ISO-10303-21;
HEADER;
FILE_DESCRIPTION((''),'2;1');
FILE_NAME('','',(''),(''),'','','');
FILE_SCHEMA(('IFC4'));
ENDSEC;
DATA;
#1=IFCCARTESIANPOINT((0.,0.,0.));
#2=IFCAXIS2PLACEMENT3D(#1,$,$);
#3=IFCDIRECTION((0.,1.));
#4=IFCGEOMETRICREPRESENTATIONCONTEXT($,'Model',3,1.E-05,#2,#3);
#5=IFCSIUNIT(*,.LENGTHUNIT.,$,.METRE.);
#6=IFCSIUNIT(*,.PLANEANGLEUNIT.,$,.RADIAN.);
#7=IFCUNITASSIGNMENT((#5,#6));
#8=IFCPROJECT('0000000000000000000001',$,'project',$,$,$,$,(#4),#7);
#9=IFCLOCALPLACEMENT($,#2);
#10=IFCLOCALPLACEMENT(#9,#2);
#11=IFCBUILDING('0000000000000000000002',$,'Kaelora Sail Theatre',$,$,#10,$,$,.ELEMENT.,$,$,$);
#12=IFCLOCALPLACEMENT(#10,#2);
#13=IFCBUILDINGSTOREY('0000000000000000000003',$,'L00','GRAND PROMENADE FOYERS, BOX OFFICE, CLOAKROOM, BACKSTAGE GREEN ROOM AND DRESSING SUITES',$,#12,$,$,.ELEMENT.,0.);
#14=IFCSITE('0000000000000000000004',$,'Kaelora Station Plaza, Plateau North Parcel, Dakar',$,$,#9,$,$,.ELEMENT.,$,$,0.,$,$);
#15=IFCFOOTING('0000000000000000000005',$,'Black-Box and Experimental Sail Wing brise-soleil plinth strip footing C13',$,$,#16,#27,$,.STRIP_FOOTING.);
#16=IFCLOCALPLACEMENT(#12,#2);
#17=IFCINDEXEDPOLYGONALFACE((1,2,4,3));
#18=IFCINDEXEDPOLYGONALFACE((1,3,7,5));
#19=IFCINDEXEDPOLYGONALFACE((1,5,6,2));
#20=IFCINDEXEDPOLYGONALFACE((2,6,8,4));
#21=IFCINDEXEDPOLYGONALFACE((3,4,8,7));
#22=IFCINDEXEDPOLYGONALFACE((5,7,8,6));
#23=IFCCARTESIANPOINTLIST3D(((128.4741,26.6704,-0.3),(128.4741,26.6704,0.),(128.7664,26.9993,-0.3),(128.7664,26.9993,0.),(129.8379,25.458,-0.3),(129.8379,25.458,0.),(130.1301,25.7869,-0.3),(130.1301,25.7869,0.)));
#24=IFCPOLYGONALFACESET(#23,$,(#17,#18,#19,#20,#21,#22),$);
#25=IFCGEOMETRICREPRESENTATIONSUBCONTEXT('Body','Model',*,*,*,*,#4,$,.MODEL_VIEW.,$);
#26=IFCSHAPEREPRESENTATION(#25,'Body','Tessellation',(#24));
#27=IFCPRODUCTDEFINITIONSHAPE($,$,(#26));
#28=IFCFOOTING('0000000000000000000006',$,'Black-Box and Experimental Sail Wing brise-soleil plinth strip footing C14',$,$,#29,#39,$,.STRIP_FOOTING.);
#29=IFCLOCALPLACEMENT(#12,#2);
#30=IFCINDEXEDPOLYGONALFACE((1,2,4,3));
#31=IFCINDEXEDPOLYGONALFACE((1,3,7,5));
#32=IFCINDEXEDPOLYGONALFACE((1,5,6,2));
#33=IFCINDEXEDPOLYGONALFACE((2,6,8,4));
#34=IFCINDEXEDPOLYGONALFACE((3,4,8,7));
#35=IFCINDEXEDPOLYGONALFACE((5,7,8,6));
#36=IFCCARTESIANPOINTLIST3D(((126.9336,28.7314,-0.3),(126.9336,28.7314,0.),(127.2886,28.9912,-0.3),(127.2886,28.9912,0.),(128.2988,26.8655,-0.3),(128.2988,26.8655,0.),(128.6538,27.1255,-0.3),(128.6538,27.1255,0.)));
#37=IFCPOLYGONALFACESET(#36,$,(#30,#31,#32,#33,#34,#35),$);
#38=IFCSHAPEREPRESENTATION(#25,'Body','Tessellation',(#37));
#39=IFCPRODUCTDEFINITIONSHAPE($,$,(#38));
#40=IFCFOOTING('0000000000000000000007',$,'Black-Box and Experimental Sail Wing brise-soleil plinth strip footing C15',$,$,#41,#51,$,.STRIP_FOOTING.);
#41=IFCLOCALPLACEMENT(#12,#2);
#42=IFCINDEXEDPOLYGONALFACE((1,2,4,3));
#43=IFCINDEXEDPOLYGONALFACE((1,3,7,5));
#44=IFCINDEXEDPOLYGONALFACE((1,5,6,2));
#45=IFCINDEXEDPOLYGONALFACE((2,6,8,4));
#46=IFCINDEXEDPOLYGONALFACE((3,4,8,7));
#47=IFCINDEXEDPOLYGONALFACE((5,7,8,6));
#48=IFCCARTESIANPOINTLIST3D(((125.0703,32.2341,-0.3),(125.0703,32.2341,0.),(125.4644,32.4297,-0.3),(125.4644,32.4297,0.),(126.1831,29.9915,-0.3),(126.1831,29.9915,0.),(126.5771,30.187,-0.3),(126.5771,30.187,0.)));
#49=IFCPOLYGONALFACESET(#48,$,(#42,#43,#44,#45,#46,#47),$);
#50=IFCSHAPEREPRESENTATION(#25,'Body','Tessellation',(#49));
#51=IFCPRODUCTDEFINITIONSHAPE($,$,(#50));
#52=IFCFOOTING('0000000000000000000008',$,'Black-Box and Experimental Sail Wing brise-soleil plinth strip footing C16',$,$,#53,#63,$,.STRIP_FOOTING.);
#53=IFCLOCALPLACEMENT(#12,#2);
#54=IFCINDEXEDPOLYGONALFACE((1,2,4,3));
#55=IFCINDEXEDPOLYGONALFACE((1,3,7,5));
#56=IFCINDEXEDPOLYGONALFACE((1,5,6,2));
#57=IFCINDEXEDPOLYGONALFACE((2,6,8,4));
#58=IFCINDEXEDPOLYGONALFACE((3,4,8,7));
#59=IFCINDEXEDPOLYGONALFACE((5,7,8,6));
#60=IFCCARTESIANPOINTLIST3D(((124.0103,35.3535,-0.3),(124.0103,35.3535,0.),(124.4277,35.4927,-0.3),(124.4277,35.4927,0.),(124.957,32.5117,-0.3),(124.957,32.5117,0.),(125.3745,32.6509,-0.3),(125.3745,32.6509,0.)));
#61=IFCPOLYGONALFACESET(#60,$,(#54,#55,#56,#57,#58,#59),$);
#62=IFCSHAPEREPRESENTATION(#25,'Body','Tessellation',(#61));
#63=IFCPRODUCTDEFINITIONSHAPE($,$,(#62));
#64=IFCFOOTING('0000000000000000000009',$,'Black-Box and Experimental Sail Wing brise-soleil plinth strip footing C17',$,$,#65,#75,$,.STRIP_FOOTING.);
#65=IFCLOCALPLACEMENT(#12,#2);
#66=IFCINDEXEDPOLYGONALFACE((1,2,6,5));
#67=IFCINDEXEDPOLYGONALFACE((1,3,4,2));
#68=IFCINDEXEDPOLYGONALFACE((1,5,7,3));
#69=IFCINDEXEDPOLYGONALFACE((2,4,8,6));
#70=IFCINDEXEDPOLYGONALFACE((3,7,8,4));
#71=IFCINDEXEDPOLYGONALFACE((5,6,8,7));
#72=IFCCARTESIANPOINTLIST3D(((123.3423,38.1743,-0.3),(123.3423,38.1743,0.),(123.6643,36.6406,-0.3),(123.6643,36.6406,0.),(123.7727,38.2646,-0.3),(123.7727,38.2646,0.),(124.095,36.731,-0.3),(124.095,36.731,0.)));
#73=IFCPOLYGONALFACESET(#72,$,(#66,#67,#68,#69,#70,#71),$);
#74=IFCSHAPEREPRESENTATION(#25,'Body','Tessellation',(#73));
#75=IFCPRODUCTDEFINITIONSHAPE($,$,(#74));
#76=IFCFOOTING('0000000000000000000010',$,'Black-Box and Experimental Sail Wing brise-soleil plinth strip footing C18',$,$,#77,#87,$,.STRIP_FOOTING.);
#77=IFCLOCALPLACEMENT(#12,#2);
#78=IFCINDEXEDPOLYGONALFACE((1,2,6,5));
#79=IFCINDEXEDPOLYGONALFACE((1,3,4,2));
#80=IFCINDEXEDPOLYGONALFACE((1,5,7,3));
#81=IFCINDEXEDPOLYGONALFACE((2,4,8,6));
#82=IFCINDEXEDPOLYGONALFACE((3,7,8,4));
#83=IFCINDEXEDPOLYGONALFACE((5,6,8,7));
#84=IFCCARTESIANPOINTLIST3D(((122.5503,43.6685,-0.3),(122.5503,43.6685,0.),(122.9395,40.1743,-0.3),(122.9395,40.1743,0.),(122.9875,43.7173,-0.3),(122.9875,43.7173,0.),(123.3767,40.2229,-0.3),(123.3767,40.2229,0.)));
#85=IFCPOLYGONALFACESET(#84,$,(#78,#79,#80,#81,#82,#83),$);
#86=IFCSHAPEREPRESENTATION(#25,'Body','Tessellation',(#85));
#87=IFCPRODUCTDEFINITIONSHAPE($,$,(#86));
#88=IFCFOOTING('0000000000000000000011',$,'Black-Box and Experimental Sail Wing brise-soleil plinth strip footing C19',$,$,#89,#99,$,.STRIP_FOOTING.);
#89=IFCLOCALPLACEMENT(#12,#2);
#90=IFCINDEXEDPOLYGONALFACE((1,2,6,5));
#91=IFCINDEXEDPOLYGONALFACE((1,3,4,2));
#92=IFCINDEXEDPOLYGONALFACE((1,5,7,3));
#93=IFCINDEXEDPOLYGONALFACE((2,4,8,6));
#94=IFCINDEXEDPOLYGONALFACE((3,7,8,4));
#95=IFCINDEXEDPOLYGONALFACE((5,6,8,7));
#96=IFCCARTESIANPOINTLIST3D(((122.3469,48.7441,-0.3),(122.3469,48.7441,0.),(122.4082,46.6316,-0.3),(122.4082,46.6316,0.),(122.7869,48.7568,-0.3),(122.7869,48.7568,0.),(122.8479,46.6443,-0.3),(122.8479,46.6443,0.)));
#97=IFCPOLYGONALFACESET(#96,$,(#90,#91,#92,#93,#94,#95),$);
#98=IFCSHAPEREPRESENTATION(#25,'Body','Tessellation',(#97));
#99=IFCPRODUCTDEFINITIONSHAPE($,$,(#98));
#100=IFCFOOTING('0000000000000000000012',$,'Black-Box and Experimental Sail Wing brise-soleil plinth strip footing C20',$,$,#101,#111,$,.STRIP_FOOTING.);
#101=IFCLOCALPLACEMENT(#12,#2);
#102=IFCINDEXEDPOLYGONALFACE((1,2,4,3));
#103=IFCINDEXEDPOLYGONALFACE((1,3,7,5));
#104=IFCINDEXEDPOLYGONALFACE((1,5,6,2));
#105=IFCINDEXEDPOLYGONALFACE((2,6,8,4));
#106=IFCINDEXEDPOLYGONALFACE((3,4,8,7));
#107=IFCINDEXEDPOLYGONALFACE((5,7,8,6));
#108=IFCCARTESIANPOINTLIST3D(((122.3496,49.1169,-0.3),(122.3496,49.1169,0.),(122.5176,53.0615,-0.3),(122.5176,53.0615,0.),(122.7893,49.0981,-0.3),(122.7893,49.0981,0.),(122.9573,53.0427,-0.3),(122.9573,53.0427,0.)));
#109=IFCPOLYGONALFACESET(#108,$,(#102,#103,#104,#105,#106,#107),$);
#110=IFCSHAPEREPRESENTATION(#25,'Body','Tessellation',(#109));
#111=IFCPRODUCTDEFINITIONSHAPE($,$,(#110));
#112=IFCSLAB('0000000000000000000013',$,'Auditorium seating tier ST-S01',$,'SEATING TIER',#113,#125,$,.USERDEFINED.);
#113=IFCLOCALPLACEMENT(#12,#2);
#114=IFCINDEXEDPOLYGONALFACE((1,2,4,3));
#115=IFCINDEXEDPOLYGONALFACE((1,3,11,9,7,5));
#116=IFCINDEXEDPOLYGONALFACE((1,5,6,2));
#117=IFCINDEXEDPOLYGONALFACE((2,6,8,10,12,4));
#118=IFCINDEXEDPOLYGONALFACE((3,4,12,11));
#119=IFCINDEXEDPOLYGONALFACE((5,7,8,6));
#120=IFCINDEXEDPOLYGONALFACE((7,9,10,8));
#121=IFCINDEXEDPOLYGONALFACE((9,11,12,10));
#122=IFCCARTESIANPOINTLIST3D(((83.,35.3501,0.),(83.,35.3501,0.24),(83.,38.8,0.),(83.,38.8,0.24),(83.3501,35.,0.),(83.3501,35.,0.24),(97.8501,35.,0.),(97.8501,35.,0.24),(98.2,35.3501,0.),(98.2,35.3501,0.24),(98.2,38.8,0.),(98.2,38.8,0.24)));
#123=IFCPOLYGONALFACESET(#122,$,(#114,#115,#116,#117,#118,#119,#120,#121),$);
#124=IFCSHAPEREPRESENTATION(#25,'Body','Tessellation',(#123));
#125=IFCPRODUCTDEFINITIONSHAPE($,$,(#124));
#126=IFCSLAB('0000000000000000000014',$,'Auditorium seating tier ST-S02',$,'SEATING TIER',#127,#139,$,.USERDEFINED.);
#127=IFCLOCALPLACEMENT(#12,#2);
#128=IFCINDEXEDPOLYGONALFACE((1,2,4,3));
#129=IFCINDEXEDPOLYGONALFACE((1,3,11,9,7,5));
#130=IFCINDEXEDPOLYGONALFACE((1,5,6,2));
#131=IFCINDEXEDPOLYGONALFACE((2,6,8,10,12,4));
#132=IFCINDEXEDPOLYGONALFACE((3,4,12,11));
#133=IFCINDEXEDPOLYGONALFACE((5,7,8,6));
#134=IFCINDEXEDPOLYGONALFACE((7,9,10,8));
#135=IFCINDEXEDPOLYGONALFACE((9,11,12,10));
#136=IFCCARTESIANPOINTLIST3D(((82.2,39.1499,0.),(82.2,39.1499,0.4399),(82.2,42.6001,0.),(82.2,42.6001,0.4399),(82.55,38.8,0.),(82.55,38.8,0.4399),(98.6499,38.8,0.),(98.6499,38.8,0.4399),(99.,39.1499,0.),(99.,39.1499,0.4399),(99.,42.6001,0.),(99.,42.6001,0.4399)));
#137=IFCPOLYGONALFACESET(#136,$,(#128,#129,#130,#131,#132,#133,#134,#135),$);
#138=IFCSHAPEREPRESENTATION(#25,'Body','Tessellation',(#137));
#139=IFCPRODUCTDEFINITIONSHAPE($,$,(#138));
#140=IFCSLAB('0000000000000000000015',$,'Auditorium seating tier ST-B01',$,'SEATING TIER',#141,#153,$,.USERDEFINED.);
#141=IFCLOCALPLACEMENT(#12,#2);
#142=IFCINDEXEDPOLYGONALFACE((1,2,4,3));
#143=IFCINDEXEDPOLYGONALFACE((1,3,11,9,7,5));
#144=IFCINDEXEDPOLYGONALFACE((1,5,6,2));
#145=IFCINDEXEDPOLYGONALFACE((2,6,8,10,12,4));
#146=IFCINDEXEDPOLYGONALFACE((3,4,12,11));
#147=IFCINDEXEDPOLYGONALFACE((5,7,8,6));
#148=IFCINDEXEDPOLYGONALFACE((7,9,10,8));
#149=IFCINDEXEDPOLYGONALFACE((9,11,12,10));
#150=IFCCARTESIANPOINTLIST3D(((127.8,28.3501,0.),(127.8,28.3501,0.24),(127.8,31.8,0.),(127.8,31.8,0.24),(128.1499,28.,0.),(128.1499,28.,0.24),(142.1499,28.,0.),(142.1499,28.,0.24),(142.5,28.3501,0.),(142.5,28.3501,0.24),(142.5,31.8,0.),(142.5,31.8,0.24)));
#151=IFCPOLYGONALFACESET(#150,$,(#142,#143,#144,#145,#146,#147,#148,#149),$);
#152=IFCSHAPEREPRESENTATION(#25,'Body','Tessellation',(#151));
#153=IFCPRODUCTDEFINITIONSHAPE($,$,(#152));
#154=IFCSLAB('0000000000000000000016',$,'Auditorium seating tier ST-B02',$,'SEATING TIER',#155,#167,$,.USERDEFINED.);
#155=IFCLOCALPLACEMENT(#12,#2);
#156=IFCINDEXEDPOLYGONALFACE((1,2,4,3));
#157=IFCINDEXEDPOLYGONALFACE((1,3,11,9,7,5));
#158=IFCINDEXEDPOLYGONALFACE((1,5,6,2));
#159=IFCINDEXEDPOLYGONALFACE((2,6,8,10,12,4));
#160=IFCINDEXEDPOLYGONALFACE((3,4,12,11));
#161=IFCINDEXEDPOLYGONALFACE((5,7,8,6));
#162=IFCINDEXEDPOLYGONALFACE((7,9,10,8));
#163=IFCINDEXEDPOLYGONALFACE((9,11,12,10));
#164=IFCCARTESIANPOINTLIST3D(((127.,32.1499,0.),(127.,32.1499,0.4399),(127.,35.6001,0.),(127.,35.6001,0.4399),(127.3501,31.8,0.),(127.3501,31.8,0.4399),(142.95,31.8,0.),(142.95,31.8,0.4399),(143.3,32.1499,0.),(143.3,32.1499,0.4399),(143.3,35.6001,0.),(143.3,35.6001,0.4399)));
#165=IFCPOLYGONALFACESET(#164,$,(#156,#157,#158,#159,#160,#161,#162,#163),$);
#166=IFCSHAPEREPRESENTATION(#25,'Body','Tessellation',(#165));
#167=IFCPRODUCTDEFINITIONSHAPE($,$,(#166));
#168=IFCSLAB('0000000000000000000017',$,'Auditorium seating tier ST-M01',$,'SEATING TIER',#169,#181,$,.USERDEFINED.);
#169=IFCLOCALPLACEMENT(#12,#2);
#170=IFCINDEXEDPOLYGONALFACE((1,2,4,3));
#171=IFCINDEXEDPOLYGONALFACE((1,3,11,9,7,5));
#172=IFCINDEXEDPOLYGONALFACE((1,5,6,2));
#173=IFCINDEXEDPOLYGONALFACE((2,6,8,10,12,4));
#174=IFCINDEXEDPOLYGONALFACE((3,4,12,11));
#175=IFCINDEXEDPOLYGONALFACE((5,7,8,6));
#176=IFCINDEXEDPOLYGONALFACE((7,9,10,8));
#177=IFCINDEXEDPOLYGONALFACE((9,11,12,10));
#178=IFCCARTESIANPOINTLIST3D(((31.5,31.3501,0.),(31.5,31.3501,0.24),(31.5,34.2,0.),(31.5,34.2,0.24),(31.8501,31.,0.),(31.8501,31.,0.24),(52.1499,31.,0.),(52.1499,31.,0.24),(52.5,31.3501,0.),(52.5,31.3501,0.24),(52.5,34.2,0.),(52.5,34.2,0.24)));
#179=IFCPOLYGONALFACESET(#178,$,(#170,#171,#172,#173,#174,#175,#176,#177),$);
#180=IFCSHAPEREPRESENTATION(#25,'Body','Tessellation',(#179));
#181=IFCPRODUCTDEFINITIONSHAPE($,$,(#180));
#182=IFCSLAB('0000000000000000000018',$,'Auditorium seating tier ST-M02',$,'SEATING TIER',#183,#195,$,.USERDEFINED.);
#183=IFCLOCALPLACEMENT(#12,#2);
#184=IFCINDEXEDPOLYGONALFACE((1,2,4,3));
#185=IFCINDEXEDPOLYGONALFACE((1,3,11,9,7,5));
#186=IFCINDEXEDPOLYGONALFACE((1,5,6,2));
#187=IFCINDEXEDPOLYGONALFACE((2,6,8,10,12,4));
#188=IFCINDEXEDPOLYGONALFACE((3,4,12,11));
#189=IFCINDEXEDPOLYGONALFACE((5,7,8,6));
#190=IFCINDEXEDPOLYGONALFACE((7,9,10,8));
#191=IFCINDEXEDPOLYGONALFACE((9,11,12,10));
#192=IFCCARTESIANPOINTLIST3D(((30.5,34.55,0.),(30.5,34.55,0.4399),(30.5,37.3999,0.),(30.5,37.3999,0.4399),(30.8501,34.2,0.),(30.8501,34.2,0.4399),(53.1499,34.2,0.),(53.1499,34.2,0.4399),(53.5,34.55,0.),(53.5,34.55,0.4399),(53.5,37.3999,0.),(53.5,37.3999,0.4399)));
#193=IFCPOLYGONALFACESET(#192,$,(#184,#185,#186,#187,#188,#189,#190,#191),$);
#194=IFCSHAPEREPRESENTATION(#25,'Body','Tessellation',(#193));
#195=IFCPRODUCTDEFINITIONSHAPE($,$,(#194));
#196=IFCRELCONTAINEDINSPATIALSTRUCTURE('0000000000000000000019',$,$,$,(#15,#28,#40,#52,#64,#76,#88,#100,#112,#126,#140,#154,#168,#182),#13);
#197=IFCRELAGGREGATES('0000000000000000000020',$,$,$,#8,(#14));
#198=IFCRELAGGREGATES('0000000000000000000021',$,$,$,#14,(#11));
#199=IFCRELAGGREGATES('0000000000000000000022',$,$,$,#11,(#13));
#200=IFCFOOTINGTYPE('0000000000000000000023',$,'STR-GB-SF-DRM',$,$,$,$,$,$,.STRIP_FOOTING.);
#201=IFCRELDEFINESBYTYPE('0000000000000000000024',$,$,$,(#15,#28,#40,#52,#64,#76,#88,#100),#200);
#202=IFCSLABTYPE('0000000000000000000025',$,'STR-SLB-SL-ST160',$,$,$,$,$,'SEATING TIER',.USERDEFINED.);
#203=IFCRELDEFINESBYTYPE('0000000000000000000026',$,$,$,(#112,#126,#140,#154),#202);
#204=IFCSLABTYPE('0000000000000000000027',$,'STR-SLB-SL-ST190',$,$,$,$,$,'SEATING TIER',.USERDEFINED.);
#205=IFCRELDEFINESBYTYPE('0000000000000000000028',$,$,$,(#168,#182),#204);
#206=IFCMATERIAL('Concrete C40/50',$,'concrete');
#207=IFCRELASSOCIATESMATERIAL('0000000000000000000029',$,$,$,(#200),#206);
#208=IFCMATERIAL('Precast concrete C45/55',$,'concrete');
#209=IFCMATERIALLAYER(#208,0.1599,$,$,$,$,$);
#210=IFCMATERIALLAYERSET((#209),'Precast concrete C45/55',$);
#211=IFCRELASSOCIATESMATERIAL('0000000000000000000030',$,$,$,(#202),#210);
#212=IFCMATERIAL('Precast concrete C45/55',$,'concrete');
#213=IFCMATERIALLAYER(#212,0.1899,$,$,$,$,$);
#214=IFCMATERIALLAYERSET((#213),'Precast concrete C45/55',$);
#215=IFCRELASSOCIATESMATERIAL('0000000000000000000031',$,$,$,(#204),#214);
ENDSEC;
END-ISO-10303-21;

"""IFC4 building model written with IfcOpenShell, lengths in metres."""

from ifc_helpers import new_model, si_unit, direction, frame, origin, place, context, subcontext, project, spatial, polyline, outline, extrude, material, layer, layer_set, type_object, element, save


model = new_model("IFC4")

# Units and contexts
model_context = context("Model", 3, precision=1e-05, world=origin(), true_north=direction((0.0, 1.0)))
body_context = subcontext(model_context, "Body", "Model", "MODEL_VIEW")
ifc_project = project(units=[si_unit("LENGTHUNIT", "METRE"), si_unit("PLANEANGLEUNIT", "RADIAN")], contexts=[model_context])

# Site, building, storey
site_placement = place(None, origin())
site = spatial("IfcSite", under=ifc_project, at=site_placement, Name="Kaelora Station Plaza, Plateau North Parcel, Dakar", CompositionType="ELEMENT", RefElevation=0.0)
building_placement = place(site_placement, origin())
building = spatial("IfcBuilding", under=site, at=building_placement, Name="Kaelora Sail Theatre", CompositionType="ELEMENT")
storey_placement = place(building_placement, origin())
storey = spatial("IfcBuildingStorey", under=building, at=storey_placement, Name="L00", Description="GRAND PROMENADE FOYERS, BOX OFFICE, CLOAKROOM, BACKSTAGE GREEN ROOM AND DRESSING SUITES", CompositionType="ELEMENT", Elevation=0.0)

# Footings
ifc_material_1 = material(Name="Concrete C40/50", Category="concrete")
footing_type = type_object("IfcFootingType", Name="STR-GB-SF-DRM", PredefinedType="STRIP_FOOTING", material=ifc_material_1)
footing_1_placement = place(storey_placement, frame((0.0, 0.0, -0.3)))
element("IfcFooting", 1, at=footing_1_placement, inside=storey, type_object=footing_type, Name="Black-Box and Experimental Sail Wing brise-soleil plinth strip footing C13", PredefinedType="STRIP_FOOTING", context=body_context, shape_type="SweptSolid", body=[
    extrude(outline(polyline([(130.1301, 25.7869), (128.7664, 26.9993), (128.4741, 26.6704), (129.8379, 25.458), (130.1301, 25.7869)])), origin(), (0.0, 0.0, 1.0), 0.3),
])
footing_2_placement = place(storey_placement, frame((0.0, 0.0, -0.3)))
element("IfcFooting", 2, at=footing_2_placement, inside=storey, type_object=footing_type, Name="Black-Box and Experimental Sail Wing brise-soleil plinth strip footing C14", PredefinedType="STRIP_FOOTING", context=body_context, shape_type="SweptSolid", body=[
    extrude(outline(polyline([(128.6538, 27.1255), (127.2886, 28.9912), (126.9336, 28.7314), (128.2988, 26.8655), (128.6538, 27.1255)])), origin(), (0.0, 0.0, 1.0), 0.3),
])
footing_3_placement = place(storey_placement, frame((0.0, 0.0, -0.3)))
element("IfcFooting", 3, at=footing_3_placement, inside=storey, type_object=footing_type, Name="Black-Box and Experimental Sail Wing brise-soleil plinth strip footing C15", PredefinedType="STRIP_FOOTING", context=body_context, shape_type="SweptSolid", body=[
    extrude(outline(polyline([(126.5771, 30.187), (125.4644, 32.4297), (125.0703, 32.2341), (126.1831, 29.9915), (126.5771, 30.187)])), origin(), (0.0, 0.0, 1.0), 0.3),
])
footing_4_placement = place(storey_placement, frame((0.0, 0.0, -0.3)))
element("IfcFooting", 4, at=footing_4_placement, inside=storey, type_object=footing_type, Name="Black-Box and Experimental Sail Wing brise-soleil plinth strip footing C16", PredefinedType="STRIP_FOOTING", context=body_context, shape_type="SweptSolid", body=[
    extrude(outline(polyline([(125.3745, 32.6509), (124.4277, 35.4927), (124.0103, 35.3535), (124.957, 32.5117), (125.3745, 32.6509)])), origin(), (0.0, 0.0, 1.0), 0.3),
])
footing_5_placement = place(storey_placement, frame((0.0, 0.0, -0.3)))
element("IfcFooting", 5, at=footing_5_placement, inside=storey, type_object=footing_type, Name="Black-Box and Experimental Sail Wing brise-soleil plinth strip footing C17", PredefinedType="STRIP_FOOTING", context=body_context, shape_type="SweptSolid", body=[
    extrude(outline(polyline([(124.095, 36.731), (123.7727, 38.2646), (123.3423, 38.1743), (123.6643, 36.6406), (124.095, 36.731)])), origin(), (0.0, 0.0, 1.0), 0.3),
])
footing_6_placement = place(storey_placement, frame((0.0, 0.0, -0.3)))
element("IfcFooting", 6, at=footing_6_placement, inside=storey, type_object=footing_type, Name="Black-Box and Experimental Sail Wing brise-soleil plinth strip footing C18", PredefinedType="STRIP_FOOTING", context=body_context, shape_type="SweptSolid", body=[
    extrude(outline(polyline([(123.3767, 40.2229), (122.9875, 43.7173), (122.5503, 43.6685), (122.9395, 40.1743), (123.3767, 40.2229)])), origin(), (0.0, 0.0, 1.0), 0.3),
])
footing_7_placement = place(storey_placement, frame((0.0, 0.0, -0.3)))
element("IfcFooting", 7, at=footing_7_placement, inside=storey, type_object=footing_type, Name="Black-Box and Experimental Sail Wing brise-soleil plinth strip footing C19", PredefinedType="STRIP_FOOTING", context=body_context, shape_type="SweptSolid", body=[
    extrude(outline(polyline([(122.8479, 46.6443), (122.7869, 48.7568), (122.3469, 48.7441), (122.4082, 46.6316), (122.8479, 46.6443)])), origin(), (0.0, 0.0, 1.0), 0.3),
])
footing_8_placement = place(storey_placement, frame((0.0, 0.0, -0.3)))
element("IfcFooting", 8, at=footing_8_placement, inside=storey, type_object=footing_type, Name="Black-Box and Experimental Sail Wing brise-soleil plinth strip footing C20", PredefinedType="STRIP_FOOTING", context=body_context, shape_type="SweptSolid", body=[
    extrude(outline(polyline([(122.7893, 49.0981), (122.9573, 53.0427), (122.5176, 53.0615), (122.3496, 49.1169), (122.7893, 49.0981)])), origin(), (0.0, 0.0, 1.0), 0.3),
])

# Slabs
ifc_material_2 = material(Name="Precast concrete C45/55", Category="concrete")
ifc_layer_1 = layer(ifc_material_2, 0.1599)
ifc_layer_set_1 = layer_set([ifc_layer_1], Name="Precast concrete C45/55")
slab_type_1 = type_object("IfcSlabType", Name="STR-SLB-SL-ST160", ElementType="SEATING TIER", PredefinedType="USERDEFINED", material=ifc_layer_set_1)
slab_1_placement = place(storey_placement, origin())
element("IfcSlab", 9, at=slab_1_placement, inside=storey, type_object=slab_type_1, Name="Auditorium seating tier ST-S01", ObjectType="SEATING TIER", PredefinedType="USERDEFINED", context=body_context, shape_type="SweptSolid", body=[
    extrude(outline(polyline([(83.3501, 35.0), (97.8501, 35.0), (98.2, 35.3501), (98.2, 38.8), (83.0, 38.8), (83.0, 35.3501), (83.3501, 35.0)])), origin(), (0.0, 0.0, 1.0), 0.24),
])
slab_2_placement = place(storey_placement, origin())
element("IfcSlab", 10, at=slab_2_placement, inside=storey, type_object=slab_type_1, Name="Auditorium seating tier ST-S02", ObjectType="SEATING TIER", PredefinedType="USERDEFINED", context=body_context, shape_type="SweptSolid", body=[
    extrude(outline(polyline([(82.55, 38.8), (98.6499, 38.8), (99.0, 39.1499), (99.0, 42.6001), (82.2, 42.6001), (82.2, 39.1499), (82.55, 38.8)])), origin(), (0.0, 0.0, 1.0), 0.4399),
])
slab_3_placement = place(storey_placement, origin())
element("IfcSlab", 11, at=slab_3_placement, inside=storey, type_object=slab_type_1, Name="Auditorium seating tier ST-B01", ObjectType="SEATING TIER", PredefinedType="USERDEFINED", context=body_context, shape_type="SweptSolid", body=[
    extrude(outline(polyline([(128.1499, 28.0), (142.1499, 28.0), (142.5, 28.3501), (142.5, 31.8), (127.8, 31.8), (127.8, 28.3501), (128.1499, 28.0)])), origin(), (0.0, 0.0, 1.0), 0.24),
])
slab_4_placement = place(storey_placement, origin())
element("IfcSlab", 12, at=slab_4_placement, inside=storey, type_object=slab_type_1, Name="Auditorium seating tier ST-B02", ObjectType="SEATING TIER", PredefinedType="USERDEFINED", context=body_context, shape_type="SweptSolid", body=[
    extrude(outline(polyline([(127.3501, 31.8), (142.95, 31.8), (143.3, 32.1499), (143.3, 35.6001), (127.0, 35.6001), (127.0, 32.1499), (127.3501, 31.8)])), origin(), (0.0, 0.0, 1.0), 0.4399),
])
ifc_material_3 = material(Name="Precast concrete C45/55", Category="concrete")
ifc_layer_2 = layer(ifc_material_3, 0.1899)
ifc_layer_set_2 = layer_set([ifc_layer_2], Name="Precast concrete C45/55")
slab_type_2 = type_object("IfcSlabType", Name="STR-SLB-SL-ST190", ElementType="SEATING TIER", PredefinedType="USERDEFINED", material=ifc_layer_set_2)
slab_5_placement = place(storey_placement, origin())
element("IfcSlab", 13, at=slab_5_placement, inside=storey, type_object=slab_type_2, Name="Auditorium seating tier ST-M01", ObjectType="SEATING TIER", PredefinedType="USERDEFINED", context=body_context, shape_type="SweptSolid", body=[
    extrude(outline(polyline([(31.8501, 31.0), (52.1499, 31.0), (52.5, 31.3501), (52.5, 34.2), (31.5, 34.2), (31.5, 31.3501), (31.8501, 31.0)])), origin(), (0.0, 0.0, 1.0), 0.24),
])
slab_6_placement = place(storey_placement, origin())
element("IfcSlab", 14, at=slab_6_placement, inside=storey, type_object=slab_type_2, Name="Auditorium seating tier ST-M02", ObjectType="SEATING TIER", PredefinedType="USERDEFINED", context=body_context, shape_type="SweptSolid", body=[
    extrude(outline(polyline([(30.8501, 34.2), (53.1499, 34.2), (53.5, 34.55), (53.5, 37.3999), (30.5, 37.3999), (30.5, 34.55), (30.8501, 34.2)])), origin(), (0.0, 0.0, 1.0), 0.4399),
])

save(model, "model.ifc")
